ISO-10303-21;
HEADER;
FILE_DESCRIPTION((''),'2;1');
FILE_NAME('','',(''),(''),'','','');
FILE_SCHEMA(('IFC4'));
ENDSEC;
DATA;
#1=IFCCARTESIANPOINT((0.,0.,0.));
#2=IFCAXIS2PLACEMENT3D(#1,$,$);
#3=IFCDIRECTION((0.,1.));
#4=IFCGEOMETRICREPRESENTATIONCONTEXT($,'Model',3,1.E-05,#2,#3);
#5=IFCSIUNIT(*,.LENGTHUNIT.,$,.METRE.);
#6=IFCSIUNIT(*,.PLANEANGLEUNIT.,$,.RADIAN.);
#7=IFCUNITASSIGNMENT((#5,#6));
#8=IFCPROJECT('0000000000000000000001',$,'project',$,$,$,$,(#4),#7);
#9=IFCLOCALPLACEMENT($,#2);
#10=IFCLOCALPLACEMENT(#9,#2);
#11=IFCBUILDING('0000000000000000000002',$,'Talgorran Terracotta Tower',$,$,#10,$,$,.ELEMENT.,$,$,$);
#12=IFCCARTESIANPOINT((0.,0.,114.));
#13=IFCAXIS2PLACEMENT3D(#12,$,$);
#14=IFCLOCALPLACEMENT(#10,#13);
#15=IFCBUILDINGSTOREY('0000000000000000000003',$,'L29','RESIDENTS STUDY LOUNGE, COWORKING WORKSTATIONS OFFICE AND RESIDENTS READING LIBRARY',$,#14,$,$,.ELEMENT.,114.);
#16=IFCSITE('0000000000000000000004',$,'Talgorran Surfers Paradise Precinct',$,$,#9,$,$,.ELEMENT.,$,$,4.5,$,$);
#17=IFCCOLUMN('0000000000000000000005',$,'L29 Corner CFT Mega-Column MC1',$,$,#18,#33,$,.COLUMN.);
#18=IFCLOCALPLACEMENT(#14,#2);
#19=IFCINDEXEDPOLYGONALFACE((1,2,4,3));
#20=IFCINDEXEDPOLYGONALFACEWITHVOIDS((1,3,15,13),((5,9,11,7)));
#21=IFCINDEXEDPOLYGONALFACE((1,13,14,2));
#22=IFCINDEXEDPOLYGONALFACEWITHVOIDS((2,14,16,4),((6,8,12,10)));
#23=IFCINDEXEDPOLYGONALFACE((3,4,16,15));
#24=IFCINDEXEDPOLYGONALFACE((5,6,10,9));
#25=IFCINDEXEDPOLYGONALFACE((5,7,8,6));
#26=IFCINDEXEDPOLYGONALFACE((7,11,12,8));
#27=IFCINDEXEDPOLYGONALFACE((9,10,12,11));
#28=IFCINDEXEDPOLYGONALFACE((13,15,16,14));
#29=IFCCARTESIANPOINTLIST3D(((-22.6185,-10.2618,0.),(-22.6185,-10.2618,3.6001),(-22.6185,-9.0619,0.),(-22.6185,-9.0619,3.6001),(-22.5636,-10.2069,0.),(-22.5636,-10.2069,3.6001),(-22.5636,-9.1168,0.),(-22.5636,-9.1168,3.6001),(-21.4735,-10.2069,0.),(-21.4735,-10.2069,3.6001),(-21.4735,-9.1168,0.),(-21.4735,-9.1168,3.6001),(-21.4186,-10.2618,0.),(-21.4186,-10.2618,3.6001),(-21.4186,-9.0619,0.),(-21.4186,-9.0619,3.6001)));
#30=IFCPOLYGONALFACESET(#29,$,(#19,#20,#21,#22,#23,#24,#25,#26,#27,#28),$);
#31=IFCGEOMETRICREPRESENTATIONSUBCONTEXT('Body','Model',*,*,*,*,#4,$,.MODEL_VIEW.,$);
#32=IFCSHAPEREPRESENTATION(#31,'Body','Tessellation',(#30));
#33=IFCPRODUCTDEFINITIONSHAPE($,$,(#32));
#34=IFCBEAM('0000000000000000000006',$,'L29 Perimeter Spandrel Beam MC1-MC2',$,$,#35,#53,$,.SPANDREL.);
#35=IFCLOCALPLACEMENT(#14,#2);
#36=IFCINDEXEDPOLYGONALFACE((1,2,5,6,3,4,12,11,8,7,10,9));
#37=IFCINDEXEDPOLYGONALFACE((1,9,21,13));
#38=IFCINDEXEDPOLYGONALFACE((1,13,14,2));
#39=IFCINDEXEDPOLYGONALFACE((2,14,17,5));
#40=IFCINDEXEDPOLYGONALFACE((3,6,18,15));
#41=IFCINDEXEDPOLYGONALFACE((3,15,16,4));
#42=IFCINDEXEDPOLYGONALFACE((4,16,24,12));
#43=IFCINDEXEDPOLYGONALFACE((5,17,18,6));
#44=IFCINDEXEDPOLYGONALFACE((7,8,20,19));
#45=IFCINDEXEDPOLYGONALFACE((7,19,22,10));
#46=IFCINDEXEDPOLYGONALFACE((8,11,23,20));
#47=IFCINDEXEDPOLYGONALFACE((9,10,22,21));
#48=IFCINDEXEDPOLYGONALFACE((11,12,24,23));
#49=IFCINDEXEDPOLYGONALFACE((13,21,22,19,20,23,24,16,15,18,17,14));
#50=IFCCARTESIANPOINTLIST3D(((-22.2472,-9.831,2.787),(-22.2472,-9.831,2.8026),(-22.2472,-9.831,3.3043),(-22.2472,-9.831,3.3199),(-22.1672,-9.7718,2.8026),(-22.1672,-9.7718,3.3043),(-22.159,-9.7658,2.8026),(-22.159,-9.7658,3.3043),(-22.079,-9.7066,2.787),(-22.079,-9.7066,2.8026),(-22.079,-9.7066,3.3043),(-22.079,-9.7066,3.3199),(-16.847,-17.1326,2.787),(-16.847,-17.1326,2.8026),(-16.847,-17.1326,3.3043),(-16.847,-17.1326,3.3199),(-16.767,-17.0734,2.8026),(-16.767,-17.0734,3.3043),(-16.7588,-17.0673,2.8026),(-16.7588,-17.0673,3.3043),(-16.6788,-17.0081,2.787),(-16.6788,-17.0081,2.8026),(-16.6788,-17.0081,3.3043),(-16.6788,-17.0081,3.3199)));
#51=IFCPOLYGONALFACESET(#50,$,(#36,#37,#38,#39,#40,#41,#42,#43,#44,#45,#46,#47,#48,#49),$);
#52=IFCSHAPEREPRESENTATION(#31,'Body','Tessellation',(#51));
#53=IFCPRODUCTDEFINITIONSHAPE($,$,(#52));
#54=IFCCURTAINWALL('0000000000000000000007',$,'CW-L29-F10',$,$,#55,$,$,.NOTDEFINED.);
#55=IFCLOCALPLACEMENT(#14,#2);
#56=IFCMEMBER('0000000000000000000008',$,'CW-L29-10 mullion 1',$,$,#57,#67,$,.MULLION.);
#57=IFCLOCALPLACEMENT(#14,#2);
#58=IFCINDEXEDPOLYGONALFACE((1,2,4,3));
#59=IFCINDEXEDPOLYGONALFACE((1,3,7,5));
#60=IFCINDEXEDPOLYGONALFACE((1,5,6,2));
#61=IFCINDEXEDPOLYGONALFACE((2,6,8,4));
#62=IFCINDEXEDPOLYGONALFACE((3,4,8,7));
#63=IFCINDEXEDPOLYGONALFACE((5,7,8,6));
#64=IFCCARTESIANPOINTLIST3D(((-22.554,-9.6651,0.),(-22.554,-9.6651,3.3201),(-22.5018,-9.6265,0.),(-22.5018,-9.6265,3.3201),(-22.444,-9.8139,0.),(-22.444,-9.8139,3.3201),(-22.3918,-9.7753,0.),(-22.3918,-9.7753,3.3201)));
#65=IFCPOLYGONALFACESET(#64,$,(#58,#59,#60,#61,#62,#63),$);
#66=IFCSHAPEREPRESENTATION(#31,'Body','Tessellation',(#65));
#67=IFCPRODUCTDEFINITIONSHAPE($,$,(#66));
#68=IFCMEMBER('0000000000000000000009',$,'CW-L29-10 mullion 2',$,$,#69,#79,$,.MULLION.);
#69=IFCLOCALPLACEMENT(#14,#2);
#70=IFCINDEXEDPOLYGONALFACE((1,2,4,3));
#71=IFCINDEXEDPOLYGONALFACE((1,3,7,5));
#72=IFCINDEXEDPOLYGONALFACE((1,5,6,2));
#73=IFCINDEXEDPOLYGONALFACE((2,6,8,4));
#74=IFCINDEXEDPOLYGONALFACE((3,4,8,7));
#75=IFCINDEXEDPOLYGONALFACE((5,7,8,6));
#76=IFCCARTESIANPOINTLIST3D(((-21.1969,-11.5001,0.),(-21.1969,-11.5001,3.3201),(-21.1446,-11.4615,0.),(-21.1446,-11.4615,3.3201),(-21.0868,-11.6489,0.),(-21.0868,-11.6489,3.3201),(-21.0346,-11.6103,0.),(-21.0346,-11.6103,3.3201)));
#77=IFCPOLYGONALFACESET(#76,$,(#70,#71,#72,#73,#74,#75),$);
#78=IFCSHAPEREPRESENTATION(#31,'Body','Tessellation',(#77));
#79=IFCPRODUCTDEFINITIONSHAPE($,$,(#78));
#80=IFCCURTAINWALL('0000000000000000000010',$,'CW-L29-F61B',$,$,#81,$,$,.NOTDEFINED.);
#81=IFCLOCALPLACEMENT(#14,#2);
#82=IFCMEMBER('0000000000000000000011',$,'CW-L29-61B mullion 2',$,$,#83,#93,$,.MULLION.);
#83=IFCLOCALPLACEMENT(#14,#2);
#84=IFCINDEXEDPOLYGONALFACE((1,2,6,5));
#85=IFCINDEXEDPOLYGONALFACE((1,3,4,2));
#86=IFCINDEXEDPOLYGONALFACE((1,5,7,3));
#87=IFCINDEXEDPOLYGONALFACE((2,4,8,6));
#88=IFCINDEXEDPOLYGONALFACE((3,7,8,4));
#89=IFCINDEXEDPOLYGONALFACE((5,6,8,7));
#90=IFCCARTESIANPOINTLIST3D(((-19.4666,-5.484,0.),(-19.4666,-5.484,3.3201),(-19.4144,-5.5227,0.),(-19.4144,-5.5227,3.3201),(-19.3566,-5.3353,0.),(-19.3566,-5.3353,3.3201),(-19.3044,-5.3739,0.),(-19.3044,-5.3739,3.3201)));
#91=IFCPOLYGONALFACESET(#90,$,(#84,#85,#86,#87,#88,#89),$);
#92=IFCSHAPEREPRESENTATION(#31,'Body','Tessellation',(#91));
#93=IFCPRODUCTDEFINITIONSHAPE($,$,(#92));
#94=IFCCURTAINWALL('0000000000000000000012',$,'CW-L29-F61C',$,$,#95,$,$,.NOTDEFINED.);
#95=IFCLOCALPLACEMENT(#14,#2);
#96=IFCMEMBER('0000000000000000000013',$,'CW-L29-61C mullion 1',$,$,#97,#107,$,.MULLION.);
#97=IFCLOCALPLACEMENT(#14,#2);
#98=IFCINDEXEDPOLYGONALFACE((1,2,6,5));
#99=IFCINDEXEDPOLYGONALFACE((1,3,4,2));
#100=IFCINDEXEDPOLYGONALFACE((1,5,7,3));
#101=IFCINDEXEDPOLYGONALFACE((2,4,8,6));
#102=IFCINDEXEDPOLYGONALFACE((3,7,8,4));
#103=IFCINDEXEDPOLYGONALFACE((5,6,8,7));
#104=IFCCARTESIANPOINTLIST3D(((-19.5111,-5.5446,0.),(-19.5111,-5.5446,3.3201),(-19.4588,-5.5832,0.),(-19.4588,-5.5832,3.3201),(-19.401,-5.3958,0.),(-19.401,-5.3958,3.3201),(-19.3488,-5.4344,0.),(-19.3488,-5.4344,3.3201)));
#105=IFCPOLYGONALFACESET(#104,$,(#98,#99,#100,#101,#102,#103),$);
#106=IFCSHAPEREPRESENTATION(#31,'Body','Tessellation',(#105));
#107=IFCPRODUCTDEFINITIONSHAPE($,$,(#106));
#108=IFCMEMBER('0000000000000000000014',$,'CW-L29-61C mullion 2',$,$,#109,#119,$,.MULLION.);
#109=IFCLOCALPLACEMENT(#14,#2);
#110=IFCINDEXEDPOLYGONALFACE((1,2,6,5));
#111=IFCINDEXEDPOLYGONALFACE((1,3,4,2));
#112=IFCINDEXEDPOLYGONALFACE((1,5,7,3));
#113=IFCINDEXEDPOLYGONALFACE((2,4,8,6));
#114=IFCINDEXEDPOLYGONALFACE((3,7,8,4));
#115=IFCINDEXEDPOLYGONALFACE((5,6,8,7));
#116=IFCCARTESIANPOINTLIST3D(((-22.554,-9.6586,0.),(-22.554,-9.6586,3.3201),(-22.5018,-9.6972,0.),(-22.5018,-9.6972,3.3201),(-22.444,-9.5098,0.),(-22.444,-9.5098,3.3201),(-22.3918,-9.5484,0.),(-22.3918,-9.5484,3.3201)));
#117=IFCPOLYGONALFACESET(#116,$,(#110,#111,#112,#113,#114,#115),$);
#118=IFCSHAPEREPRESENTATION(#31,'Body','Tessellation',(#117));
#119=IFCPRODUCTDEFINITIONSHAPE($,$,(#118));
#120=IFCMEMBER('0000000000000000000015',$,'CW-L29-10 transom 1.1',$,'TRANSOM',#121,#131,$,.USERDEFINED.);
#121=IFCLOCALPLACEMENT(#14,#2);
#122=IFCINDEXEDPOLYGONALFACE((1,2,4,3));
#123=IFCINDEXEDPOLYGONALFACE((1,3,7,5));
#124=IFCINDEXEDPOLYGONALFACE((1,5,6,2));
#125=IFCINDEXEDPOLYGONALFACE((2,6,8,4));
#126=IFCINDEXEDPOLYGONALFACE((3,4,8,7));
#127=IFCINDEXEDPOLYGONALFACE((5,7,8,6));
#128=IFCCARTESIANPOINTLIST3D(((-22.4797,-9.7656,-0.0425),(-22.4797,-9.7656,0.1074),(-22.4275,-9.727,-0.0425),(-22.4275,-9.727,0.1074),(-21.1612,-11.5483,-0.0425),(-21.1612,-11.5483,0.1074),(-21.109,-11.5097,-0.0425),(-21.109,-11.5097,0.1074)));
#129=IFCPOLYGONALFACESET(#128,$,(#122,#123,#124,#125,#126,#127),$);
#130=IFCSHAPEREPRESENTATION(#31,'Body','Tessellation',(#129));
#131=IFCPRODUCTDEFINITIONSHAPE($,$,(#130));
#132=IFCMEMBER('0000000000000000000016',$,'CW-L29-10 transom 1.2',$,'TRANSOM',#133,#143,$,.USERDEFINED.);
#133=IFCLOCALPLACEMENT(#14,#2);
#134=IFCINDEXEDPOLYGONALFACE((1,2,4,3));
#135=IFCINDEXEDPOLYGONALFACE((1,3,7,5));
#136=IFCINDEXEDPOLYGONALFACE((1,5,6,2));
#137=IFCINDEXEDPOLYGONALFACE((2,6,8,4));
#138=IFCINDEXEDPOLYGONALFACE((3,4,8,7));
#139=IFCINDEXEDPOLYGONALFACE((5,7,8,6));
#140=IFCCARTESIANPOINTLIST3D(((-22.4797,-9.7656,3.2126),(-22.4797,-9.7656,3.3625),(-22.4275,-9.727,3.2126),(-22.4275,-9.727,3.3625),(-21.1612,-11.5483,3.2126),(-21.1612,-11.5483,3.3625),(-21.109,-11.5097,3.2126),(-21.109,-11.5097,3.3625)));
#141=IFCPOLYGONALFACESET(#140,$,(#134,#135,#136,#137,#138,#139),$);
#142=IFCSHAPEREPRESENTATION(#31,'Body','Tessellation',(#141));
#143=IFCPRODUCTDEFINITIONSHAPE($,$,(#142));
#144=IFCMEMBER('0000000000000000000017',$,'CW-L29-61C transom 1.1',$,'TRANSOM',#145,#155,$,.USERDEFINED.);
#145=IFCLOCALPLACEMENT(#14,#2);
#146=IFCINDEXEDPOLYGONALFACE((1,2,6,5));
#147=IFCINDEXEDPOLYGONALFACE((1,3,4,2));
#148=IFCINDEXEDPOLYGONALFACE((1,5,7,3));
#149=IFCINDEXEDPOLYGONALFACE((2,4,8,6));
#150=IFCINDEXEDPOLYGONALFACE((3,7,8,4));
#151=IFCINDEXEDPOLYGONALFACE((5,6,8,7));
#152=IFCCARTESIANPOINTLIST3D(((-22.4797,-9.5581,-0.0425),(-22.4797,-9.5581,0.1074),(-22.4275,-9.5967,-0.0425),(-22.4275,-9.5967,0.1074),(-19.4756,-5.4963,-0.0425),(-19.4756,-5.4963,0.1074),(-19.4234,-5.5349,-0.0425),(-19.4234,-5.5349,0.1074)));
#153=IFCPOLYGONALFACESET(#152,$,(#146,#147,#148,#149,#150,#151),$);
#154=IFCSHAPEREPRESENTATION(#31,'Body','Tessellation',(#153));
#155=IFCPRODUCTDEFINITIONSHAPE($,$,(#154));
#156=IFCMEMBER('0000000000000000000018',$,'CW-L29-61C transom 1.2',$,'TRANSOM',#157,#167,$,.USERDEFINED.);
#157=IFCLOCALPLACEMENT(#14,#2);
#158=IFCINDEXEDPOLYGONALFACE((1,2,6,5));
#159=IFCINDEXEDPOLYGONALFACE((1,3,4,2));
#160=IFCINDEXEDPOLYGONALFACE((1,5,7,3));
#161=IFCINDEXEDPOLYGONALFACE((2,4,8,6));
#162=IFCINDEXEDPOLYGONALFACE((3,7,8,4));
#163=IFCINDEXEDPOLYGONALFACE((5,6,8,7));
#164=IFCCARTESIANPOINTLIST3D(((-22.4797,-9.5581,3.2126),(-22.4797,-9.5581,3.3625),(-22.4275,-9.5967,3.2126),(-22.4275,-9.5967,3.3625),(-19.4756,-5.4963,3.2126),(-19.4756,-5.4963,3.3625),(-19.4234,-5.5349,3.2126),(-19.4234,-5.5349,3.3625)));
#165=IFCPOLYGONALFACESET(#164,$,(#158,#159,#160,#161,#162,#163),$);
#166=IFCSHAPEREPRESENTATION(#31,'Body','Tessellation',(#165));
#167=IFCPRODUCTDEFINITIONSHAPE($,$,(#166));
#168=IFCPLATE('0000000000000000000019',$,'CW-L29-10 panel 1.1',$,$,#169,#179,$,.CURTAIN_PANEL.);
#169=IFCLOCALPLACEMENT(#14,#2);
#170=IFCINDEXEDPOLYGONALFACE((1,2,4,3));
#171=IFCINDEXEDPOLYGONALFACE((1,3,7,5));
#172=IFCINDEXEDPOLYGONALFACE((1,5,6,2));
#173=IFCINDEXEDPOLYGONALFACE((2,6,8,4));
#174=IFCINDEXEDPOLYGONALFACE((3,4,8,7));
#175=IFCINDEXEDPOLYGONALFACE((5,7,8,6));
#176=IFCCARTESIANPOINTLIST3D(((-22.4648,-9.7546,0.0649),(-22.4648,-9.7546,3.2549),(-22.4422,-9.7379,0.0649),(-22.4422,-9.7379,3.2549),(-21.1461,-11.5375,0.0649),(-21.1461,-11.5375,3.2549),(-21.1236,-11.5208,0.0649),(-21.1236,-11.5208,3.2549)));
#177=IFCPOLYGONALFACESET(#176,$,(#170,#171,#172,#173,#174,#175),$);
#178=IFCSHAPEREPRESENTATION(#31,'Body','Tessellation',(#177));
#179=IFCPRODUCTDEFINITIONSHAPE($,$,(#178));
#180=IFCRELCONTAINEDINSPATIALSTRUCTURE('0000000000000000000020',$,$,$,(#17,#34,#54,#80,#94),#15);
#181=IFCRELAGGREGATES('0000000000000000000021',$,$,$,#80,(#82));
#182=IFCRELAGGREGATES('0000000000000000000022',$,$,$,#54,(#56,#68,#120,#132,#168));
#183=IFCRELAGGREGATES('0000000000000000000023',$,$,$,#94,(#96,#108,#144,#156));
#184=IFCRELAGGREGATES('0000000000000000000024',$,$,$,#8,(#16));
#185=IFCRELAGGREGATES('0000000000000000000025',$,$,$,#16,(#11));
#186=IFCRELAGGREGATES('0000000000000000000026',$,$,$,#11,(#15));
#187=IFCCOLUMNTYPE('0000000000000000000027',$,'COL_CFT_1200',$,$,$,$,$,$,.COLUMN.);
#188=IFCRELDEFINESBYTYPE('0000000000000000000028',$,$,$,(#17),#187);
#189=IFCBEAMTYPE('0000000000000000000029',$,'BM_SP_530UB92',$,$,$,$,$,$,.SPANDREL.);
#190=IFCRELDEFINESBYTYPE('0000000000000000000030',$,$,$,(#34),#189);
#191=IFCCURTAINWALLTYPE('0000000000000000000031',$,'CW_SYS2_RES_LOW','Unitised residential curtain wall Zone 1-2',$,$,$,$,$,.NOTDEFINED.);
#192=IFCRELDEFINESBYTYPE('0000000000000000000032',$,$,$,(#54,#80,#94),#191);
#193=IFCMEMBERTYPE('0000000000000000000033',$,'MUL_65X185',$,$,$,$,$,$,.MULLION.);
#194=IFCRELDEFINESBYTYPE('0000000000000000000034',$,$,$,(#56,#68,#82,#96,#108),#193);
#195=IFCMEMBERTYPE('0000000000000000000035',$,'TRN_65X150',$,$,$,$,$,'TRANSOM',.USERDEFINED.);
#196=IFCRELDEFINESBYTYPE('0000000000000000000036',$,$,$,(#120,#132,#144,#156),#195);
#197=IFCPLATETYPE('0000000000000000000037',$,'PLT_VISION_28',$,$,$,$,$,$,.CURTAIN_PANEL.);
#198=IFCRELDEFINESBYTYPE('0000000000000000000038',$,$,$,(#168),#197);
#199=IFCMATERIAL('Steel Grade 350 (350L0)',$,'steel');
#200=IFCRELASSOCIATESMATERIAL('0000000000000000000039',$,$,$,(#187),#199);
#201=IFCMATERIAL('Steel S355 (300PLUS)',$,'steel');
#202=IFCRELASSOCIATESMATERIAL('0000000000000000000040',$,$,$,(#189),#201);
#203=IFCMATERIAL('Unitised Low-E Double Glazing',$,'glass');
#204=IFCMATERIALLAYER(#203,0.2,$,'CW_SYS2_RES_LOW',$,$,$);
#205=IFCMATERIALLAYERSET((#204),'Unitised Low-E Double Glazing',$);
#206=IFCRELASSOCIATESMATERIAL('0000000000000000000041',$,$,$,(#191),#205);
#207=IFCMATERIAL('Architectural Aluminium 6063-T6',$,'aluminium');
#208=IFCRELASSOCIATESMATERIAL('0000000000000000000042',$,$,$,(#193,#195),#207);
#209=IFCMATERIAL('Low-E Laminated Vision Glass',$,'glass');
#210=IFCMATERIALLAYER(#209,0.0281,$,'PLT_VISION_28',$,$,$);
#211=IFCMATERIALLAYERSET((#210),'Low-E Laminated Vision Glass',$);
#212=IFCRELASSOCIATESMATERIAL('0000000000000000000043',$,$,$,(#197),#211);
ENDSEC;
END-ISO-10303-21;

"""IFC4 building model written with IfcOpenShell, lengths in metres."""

from ifc_helpers import new_model, si_unit, direction, frame, origin, origin_2d, place, context, subcontext, project, spatial, rectangle, hollow_rectangle, i_section, extrude, source, transform, mapped, material, layer, layer_set, material_profile, profile_set, type_object, element, aggregate, save


model = new_model("IFC4")

# Units and contexts
model_context = context("Model", 3, precision=1e-05, world=origin(), true_north=direction((0.0, 1.0)))
body_context = subcontext(model_context, "Body", "Model", "MODEL_VIEW")
ifc_project = project(units=[si_unit("LENGTHUNIT", "METRE"), si_unit("PLANEANGLEUNIT", "RADIAN")], contexts=[model_context])

# Site, building, storey
site_placement = place(None, origin())
site = spatial("IfcSite", under=ifc_project, at=site_placement, Name="Talgorran Surfers Paradise Precinct", CompositionType="ELEMENT", RefElevation=4.5)
building_placement = place(site_placement, origin())
building = spatial("IfcBuilding", under=site, at=building_placement, Name="Talgorran Terracotta Tower", CompositionType="ELEMENT")
storey_placement = place(building_placement, frame((0.0, 0.0, 114.0)))
storey = spatial("IfcBuildingStorey", under=building, at=storey_placement, Name="L29", Description="RESIDENTS STUDY LOUNGE, COWORKING WORKSTATIONS OFFICE AND RESIDENTS READING LIBRARY", CompositionType="ELEMENT", Elevation=114.0)

# Column
ifc_material_1 = material(Name="Steel Grade 350 (350L0)", Category="steel")
ifc_material_profile_1 = material_profile(ifc_material_1, hollow_rectangle(XDim=1.2, YDim=1.2, WallThickness=0.0549, at=origin_2d()), Name="CFT1200X1200X55")
ifc_profile_set_1 = profile_set([ifc_material_profile_1], Name="Steel Grade 350 (350L0)")
column_type = type_object("IfcColumnType", Name="COL_CFT_1200", PredefinedType="COLUMN", material=ifc_profile_set_1)
column_placement = place(storey_placement, frame((-22.0186, -9.6619, 0.0), z_axis=(0.0, 0.0, 1.0), x_axis=(1.0, 0.0, 0.0)))
element("IfcColumn", 1, at=column_placement, inside=storey, type_object=column_type, Name="L29 Corner CFT Mega-Column MC1", PredefinedType="COLUMN", context=body_context, shape_type="SweptSolid", body=[
    extrude(hollow_rectangle(XDim=1.2, YDim=1.2, WallThickness=0.0549, at=origin_2d()), origin(), (0.0, 0.0, 1.0), 3.6001),
])

# Beam
ifc_material_2 = material(Name="Steel S355 (300PLUS)", Category="steel")
ifc_material_profile_2 = material_profile(ifc_material_2, i_section(OverallWidth=0.2092, OverallDepth=0.533, WebThickness=0.0103, FlangeThickness=0.0156, at=origin_2d()), Name="530UB92.4")
ifc_profile_set_2 = profile_set([ifc_material_profile_2], Name="Steel S355 (300PLUS)")
beam_type = type_object("IfcBeamType", Name="BM_SP_530UB92", PredefinedType="SPANDREL", material=ifc_profile_set_2)
beam_placement = place(storey_placement, frame((-22.1631, -9.7688, 3.0535), z_axis=(0.594631, -0.803998, 0.0), x_axis=(0.803998, 0.594631, 0.0)))
element("IfcBeam", 2, at=beam_placement, inside=storey, type_object=beam_type, Name="L29 Perimeter Spandrel Beam MC1-MC2", PredefinedType="SPANDREL", context=body_context, shape_type="SweptSolid", body=[
    extrude(i_section(OverallWidth=0.2092, OverallDepth=0.533, WebThickness=0.0103, FlangeThickness=0.0156, at=origin_2d()), origin(), (0.0, 0.0, 1.0), 9.0815),
])

# Curtain wall, members
ifc_material_3 = material(Name="Unitised Low-E Double Glazing", Category="glass")
ifc_layer_1 = layer(ifc_material_3, 0.2, Name="CW_SYS2_RES_LOW")
ifc_layer_set_1 = layer_set([ifc_layer_1], Name="Unitised Low-E Double Glazing")
curtain_wall_type = type_object("IfcCurtainWallType", Name="CW_SYS2_RES_LOW", Description="Unitised residential curtain wall Zone 1-2", PredefinedType="NOTDEFINED", material=ifc_layer_set_1)
curtain_wall_1_placement = place(storey_placement, origin())
curtain_wall_1 = element("IfcCurtainWall", 3, at=curtain_wall_1_placement, inside=storey, type_object=curtain_wall_type, Name="CW-L29-F10", PredefinedType="NOTDEFINED")
ifc_material_4 = material(Name="Architectural Aluminium 6063-T6", Category="aluminium")
ifc_material_profile_3 = material_profile(ifc_material_4, rectangle(XDim=0.0649, YDim=0.1851, at=origin_2d()), Name="CWM65X185")
ifc_profile_set_3 = profile_set([ifc_material_profile_3], Name="Architectural Aluminium 6063-T6")
member_type_1 = type_object("IfcMemberType", Name="MUL_65X185", PredefinedType="MULLION", material=ifc_profile_set_3)
member_1_placement = place(storey_placement, frame((-22.4729, -9.7202, 0.0), z_axis=(0.0, 0.0, 1.0), x_axis=(0.803985, 0.59465, 0.0)))
member_1 = element("IfcMember", 4, at=member_1_placement, type_object=member_type_1, Name="CW-L29-10 mullion 1", PredefinedType="MULLION", context=body_context, shape_type="SweptSolid", body=[
    extrude(rectangle(XDim=0.0649, YDim=0.1851, at=origin_2d()), origin(), (0.0, 0.0, 1.0), 3.3201),
])
member_2_placement = place(storey_placement, frame((-21.1157, -11.5552, 0.0), z_axis=(0.0, 0.0, 1.0), x_axis=(0.803985, 0.59465, 0.0)))
member_2 = element("IfcMember", 5, at=member_2_placement, type_object=member_type_1, Name="CW-L29-10 mullion 2", PredefinedType="MULLION", context=body_context, shape_type="SweptSolid", body=[
    extrude(rectangle(XDim=0.0649, YDim=0.1851, at=origin_2d()), origin(), (0.0, 0.0, 1.0), 3.3201),
])

# Curtain wall, member
curtain_wall_2_placement = place(storey_placement, origin())
curtain_wall_2 = element("IfcCurtainWall", 6, at=curtain_wall_2_placement, inside=storey, type_object=curtain_wall_type, Name="CW-L29-F61B", PredefinedType="NOTDEFINED")
member_3_placement = place(storey_placement, frame((-19.3855, -5.429, 0.0), z_axis=(0.0, 0.0, 1.0), x_axis=(0.803973, -0.594666, 0.0)))
member_3 = element("IfcMember", 7, at=member_3_placement, type_object=member_type_1, Name="CW-L29-61B mullion 2", PredefinedType="MULLION", context=body_context, shape_type="SweptSolid", body=[
    extrude(rectangle(XDim=0.0649, YDim=0.1851, at=origin_2d()), origin(), (0.0, 0.0, 1.0), 3.3201),
])
aggregate(curtain_wall_2, [member_3])

# Curtain wall, members
curtain_wall_3_placement = place(storey_placement, origin())
curtain_wall_3 = element("IfcCurtainWall", 8, at=curtain_wall_3_placement, inside=storey, type_object=curtain_wall_type, Name="CW-L29-F61C", PredefinedType="NOTDEFINED")
member_4_placement = place(storey_placement, frame((-19.4299, -5.4895, 0.0), z_axis=(0.0, 0.0, 1.0), x_axis=(0.803993, -0.594639, 0.0)))
member_4 = element("IfcMember", 9, at=member_4_placement, type_object=member_type_1, Name="CW-L29-61C mullion 1", PredefinedType="MULLION", context=body_context, shape_type="SweptSolid", body=[
    extrude(rectangle(XDim=0.0649, YDim=0.1851, at=origin_2d()), origin(), (0.0, 0.0, 1.0), 3.3201),
])
member_5_placement = place(storey_placement, frame((-22.4729, -9.6035, 0.0), z_axis=(0.0, 0.0, 1.0), x_axis=(0.803993, -0.594639, 0.0)))
member_5 = element("IfcMember", 10, at=member_5_placement, type_object=member_type_1, Name="CW-L29-61C mullion 2", PredefinedType="MULLION", context=body_context, shape_type="SweptSolid", body=[
    extrude(rectangle(XDim=0.0649, YDim=0.1851, at=origin_2d()), origin(), (0.0, 0.0, 1.0), 3.3201),
])

# Members
ifc_material_profile_4 = material_profile(ifc_material_4, rectangle(XDim=0.0649, YDim=0.1499, at=origin_2d()), Name="CWT65X150")
ifc_profile_set_4 = profile_set([ifc_material_profile_4], Name="Architectural Aluminium 6063-T6")
member_type_2 = type_object("IfcMemberType", Name="TRN_65X150", ElementType="TRANSOM", PredefinedType="USERDEFINED", material=ifc_profile_set_4)
member_6_placement = place(storey_placement, frame((-22.4536, -9.7463, 0.0325), z_axis=(0.594667, -0.803972, 0.0), x_axis=(0.803972, 0.594667, 0.0)))
member_6 = element("IfcMember", 11, at=member_6_placement, type_object=member_type_2, Name="CW-L29-10 transom 1.1", ObjectType="TRANSOM", PredefinedType="USERDEFINED", context=body_context, shape_type="SweptSolid", body=[
    extrude(rectangle(XDim=0.0649, YDim=0.1499, at=origin_2d()), origin(), (0.0, 0.0, 1.0), 2.2173),
])
member_7_placement = place(storey_placement, frame((-22.4536, -9.7463, 3.2876), z_axis=(0.594667, -0.803972, 0.0), x_axis=(0.803972, 0.594667, 0.0)))
member_7 = element("IfcMember", 12, at=member_7_placement, type_object=member_type_2, Name="CW-L29-10 transom 1.2", ObjectType="TRANSOM", PredefinedType="USERDEFINED", context=body_context, shape_type="SweptSolid", body=[
    extrude(rectangle(XDim=0.0649, YDim=0.1499, at=origin_2d()), origin(), (0.0, 0.0, 1.0), 2.2173),
])
member_8_placement = place(storey_placement, frame((-19.4495, -5.5156, 0.0325), z_axis=(-0.594644, -0.803989, 0.0), x_axis=(0.803989, -0.594644, 0.0)))
member_8 = element("IfcMember", 13, at=member_8_placement, type_object=member_type_2, Name="CW-L29-61C transom 1.1", ObjectType="TRANSOM", PredefinedType="USERDEFINED", context=body_context, shape_type="SweptSolid", body=[
    extrude(rectangle(XDim=0.0649, YDim=0.1499, at=origin_2d()), origin(), (0.0, 0.0, 1.0), 5.052),
])
member_9_placement = place(storey_placement, frame((-19.4495, -5.5156, 3.2876), z_axis=(-0.594644, -0.803989, 0.0), x_axis=(0.803989, -0.594644, 0.0)))
member_9 = element("IfcMember", 14, at=member_9_placement, type_object=member_type_2, Name="CW-L29-61C transom 1.2", ObjectType="TRANSOM", PredefinedType="USERDEFINED", context=body_context, shape_type="SweptSolid", body=[
    extrude(rectangle(XDim=0.0649, YDim=0.1499, at=origin_2d()), origin(), (0.0, 0.0, 1.0), 5.052),
])

# Plate
ifc_material_5 = material(Name="Low-E Laminated Vision Glass", Category="glass")
ifc_layer_2 = layer(ifc_material_5, 0.0281, Name="PLT_VISION_28")
ifc_layer_set_2 = layer_set([ifc_layer_2], Name="Low-E Laminated Vision Glass")
plate_type = type_object("IfcPlateType", Name="PLT_VISION_28", PredefinedType="CURTAIN_PANEL", material=ifc_layer_set_2)
shared_shape_1 = source(origin(), body_context, "Body", "SweptSolid", [
    extrude(rectangle(XDim=2.2175, YDim=0.0281, at=origin_2d()), origin(), (0.0, 0.0, 1.0), 3.1899),
])
plate_1_placement = place(storey_placement, frame((-21.7942, -10.6377, 0.0649), z_axis=(0.0, 0.0, 1.0), x_axis=(0.59465, -0.803985, 0.0)))
plate_1 = element("IfcPlate", 15, at=plate_1_placement, type_object=plate_type, Name="CW-L29-10 panel 1.1", PredefinedType="CURTAIN_PANEL", context=body_context, shape_type="MappedRepresentation", body=[
    mapped(shared_shape_1, transform((0.0, 0.0, 0.0), scale=1.0)),
])
aggregate(curtain_wall_1, [member_1, member_2, member_6, member_7, plate_1])
aggregate(curtain_wall_3, [member_4, member_5, member_8, member_9])

save(model, "model.ifc")
